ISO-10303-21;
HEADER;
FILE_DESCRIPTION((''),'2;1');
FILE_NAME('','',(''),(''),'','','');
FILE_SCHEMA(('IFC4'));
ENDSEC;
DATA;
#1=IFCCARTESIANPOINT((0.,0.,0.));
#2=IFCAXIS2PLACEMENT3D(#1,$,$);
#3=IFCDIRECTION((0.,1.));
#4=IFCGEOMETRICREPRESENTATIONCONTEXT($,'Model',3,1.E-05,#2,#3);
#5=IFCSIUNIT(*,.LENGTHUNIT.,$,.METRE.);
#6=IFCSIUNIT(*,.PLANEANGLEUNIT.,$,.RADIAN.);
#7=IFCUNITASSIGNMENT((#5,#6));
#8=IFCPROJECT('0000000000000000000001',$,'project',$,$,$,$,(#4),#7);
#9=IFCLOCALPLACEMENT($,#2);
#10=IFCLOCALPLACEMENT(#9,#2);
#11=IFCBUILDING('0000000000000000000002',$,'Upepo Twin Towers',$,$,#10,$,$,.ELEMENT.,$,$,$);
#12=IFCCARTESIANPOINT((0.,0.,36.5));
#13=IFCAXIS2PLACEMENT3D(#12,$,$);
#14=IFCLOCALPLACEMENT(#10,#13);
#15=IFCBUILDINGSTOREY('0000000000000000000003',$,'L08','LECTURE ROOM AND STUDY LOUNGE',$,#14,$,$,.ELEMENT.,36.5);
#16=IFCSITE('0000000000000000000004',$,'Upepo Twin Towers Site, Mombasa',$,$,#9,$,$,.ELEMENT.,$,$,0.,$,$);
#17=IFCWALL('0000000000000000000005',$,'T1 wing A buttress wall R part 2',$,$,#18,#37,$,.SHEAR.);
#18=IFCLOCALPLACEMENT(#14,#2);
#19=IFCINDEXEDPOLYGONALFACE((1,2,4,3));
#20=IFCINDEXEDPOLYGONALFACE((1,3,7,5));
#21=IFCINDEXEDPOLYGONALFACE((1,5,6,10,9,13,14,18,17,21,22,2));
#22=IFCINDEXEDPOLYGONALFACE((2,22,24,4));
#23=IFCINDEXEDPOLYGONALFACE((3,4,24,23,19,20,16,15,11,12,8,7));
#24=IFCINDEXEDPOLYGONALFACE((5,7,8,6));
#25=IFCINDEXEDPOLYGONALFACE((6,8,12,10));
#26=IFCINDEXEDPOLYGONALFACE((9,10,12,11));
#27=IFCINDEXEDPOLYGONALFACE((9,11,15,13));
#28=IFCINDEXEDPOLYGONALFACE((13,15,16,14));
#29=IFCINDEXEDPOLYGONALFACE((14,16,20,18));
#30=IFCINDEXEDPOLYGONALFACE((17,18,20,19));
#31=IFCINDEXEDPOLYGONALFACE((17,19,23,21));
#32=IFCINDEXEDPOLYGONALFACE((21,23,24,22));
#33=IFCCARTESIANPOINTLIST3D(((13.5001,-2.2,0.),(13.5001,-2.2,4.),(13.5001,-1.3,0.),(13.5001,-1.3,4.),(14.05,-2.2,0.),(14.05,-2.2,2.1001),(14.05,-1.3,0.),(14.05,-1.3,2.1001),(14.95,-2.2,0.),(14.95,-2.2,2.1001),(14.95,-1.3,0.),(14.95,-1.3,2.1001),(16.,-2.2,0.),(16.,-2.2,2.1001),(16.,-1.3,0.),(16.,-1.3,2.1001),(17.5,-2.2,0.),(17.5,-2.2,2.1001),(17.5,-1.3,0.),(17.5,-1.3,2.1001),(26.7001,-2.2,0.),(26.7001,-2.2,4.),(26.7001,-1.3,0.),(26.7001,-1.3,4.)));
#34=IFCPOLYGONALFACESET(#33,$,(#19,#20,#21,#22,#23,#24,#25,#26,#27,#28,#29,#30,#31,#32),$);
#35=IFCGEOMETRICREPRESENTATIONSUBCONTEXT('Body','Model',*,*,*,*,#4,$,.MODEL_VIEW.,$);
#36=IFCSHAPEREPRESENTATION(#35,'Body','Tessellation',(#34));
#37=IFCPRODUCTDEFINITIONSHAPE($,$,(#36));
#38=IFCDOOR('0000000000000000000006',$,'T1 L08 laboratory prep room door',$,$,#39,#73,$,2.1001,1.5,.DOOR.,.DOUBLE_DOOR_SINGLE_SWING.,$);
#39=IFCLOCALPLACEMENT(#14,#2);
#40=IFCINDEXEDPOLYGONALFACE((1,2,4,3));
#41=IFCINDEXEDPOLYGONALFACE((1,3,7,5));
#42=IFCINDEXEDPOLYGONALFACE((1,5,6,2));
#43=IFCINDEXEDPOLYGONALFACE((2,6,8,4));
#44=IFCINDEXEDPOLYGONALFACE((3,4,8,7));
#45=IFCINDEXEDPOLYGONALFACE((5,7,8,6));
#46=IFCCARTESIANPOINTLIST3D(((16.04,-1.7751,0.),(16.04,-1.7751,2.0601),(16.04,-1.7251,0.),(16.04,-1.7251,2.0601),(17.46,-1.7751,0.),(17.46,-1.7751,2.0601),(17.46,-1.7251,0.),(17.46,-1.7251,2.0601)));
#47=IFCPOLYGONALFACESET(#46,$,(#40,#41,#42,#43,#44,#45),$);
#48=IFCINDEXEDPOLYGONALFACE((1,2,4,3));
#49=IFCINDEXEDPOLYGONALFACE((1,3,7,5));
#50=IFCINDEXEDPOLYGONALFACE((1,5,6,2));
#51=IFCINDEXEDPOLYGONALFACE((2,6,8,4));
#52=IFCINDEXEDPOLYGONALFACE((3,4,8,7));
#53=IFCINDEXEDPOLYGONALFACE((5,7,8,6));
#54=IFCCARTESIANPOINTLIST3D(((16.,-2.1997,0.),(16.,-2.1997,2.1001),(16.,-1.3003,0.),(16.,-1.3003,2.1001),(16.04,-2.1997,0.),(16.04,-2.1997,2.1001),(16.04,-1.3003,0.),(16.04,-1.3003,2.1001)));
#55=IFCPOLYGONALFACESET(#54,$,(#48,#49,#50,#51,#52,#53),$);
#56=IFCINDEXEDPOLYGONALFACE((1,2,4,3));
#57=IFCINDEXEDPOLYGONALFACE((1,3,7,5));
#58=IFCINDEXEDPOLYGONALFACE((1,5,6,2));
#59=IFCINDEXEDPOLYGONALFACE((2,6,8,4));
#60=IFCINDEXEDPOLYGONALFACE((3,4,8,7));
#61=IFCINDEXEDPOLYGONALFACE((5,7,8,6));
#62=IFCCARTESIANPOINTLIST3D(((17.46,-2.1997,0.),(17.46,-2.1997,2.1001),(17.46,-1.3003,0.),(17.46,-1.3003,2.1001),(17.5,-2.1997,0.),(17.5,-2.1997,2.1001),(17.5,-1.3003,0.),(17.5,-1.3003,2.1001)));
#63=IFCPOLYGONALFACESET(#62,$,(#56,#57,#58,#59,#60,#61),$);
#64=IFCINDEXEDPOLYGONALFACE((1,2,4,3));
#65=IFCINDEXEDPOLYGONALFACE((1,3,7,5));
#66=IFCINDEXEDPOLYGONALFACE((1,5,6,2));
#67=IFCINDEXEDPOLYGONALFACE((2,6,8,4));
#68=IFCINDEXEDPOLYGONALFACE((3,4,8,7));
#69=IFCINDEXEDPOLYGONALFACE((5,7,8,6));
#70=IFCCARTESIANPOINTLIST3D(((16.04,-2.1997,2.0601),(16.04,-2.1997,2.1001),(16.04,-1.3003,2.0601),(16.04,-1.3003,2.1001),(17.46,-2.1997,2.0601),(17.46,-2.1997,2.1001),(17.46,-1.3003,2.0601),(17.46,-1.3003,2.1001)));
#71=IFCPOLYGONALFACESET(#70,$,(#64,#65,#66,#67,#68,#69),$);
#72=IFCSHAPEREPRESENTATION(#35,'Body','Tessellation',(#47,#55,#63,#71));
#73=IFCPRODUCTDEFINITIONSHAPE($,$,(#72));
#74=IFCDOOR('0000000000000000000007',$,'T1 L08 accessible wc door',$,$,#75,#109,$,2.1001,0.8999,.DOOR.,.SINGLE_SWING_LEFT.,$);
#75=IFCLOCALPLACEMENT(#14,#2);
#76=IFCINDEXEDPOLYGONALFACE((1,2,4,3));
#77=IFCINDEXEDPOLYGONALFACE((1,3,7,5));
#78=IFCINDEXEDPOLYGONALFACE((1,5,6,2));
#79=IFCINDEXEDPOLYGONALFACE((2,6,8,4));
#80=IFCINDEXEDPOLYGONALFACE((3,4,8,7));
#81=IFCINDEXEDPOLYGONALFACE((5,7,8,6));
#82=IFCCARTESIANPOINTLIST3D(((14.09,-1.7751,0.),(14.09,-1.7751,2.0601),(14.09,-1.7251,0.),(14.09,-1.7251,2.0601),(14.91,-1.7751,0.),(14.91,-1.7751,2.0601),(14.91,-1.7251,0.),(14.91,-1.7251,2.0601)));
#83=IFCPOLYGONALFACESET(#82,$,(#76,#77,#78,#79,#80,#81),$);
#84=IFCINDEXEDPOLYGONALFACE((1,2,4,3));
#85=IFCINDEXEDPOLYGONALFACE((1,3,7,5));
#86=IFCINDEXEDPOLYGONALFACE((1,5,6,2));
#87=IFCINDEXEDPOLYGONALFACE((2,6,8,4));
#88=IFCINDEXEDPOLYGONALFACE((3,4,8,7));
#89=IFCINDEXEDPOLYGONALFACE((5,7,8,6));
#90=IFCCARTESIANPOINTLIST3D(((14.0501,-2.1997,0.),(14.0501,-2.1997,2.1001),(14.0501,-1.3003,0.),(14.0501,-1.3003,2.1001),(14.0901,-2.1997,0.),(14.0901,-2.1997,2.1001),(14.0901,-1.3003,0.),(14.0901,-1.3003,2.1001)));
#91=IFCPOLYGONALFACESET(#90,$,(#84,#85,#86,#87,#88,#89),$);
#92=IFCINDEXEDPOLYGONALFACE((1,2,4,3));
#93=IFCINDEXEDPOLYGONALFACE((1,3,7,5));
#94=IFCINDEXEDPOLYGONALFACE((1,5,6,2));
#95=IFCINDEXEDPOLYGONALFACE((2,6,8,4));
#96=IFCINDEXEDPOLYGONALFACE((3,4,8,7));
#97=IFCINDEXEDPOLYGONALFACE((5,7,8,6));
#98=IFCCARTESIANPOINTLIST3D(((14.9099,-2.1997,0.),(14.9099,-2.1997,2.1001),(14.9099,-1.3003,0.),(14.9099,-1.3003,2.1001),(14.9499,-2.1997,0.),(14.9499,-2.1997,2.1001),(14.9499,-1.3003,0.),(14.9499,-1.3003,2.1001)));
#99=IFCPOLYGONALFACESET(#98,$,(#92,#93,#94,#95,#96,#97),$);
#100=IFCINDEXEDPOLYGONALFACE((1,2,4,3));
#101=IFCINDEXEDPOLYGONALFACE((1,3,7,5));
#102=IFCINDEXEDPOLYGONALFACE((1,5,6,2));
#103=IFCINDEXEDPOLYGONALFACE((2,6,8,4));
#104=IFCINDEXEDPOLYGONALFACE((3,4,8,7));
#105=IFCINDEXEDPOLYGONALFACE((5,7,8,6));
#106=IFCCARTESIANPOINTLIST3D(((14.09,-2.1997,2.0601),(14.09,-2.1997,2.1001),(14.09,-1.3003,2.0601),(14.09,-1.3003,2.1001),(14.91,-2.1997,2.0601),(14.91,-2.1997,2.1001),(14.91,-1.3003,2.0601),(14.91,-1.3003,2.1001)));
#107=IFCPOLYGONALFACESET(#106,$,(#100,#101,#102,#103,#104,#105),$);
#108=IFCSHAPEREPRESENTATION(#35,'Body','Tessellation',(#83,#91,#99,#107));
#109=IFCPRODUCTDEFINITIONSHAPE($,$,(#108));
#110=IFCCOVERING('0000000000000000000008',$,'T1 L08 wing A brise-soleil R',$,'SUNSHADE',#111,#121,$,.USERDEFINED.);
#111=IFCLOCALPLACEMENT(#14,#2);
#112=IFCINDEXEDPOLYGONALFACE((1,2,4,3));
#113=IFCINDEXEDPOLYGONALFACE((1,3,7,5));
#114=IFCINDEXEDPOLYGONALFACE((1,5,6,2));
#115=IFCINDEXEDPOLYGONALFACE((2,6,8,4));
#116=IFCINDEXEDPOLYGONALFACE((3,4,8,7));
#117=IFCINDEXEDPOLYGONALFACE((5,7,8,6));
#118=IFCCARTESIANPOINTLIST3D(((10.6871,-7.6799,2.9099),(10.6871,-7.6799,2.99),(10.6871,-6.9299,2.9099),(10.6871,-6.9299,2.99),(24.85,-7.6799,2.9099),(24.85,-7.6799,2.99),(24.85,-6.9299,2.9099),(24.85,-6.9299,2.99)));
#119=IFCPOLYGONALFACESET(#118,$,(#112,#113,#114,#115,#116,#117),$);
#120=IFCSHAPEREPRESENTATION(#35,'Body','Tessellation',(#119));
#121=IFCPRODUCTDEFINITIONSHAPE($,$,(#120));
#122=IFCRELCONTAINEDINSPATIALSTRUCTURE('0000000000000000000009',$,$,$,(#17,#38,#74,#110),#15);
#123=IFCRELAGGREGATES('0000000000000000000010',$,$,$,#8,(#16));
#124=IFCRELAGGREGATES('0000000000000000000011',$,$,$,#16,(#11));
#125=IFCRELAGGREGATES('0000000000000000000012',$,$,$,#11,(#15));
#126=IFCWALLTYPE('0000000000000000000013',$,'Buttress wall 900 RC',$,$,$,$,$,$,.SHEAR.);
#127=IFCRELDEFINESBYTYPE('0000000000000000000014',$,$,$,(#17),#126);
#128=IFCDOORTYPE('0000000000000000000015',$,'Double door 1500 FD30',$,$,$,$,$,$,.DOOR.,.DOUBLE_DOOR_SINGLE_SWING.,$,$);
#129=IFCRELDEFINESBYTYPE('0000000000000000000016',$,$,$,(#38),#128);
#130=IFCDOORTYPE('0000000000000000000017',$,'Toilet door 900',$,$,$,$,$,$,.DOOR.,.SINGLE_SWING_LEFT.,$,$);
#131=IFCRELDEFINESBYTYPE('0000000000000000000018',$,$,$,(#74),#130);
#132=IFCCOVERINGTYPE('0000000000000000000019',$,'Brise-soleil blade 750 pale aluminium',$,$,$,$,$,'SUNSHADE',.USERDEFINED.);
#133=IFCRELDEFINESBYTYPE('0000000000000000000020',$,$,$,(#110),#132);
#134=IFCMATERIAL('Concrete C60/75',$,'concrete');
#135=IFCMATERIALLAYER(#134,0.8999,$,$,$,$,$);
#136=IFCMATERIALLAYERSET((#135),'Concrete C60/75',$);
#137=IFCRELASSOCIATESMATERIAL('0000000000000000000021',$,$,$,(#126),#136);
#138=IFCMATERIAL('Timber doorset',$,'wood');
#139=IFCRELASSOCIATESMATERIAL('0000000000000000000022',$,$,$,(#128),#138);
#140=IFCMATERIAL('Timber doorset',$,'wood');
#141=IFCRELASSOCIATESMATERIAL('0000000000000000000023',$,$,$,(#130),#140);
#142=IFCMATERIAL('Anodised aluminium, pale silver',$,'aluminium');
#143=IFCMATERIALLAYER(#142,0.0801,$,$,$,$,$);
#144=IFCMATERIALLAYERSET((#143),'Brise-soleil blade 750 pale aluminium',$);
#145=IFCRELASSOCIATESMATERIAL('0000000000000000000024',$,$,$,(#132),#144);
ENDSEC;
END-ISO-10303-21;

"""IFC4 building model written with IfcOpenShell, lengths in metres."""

from ifc_helpers import new_model, si_unit, direction, frame, frame_2d, origin, origin_2d, place, context, subcontext, project, spatial, rectangle, extrude, material, layer, layer_set, type_object, element, fill, save


model = new_model("IFC4")

# Units and contexts
model_context = context("Model", 3, precision=1e-05, world=origin(), true_north=direction((0.0, 1.0)))
body_context = subcontext(model_context, "Body", "Model", "MODEL_VIEW")
ifc_project = project(units=[si_unit("LENGTHUNIT", "METRE"), si_unit("PLANEANGLEUNIT", "RADIAN")], contexts=[model_context])

# Site, building, storey
site_placement = place(None, origin())
site = spatial("IfcSite", under=ifc_project, at=site_placement, Name="Upepo Twin Towers Site, Mombasa", CompositionType="ELEMENT", RefElevation=0.0)
building_placement = place(site_placement, origin())
building = spatial("IfcBuilding", under=site, at=building_placement, Name="Upepo Twin Towers", CompositionType="ELEMENT")
storey_placement = place(building_placement, frame((0.0, 0.0, 36.5)))
storey = spatial("IfcBuildingStorey", under=building, at=storey_placement, Name="L08", Description="LECTURE ROOM AND STUDY LOUNGE", CompositionType="ELEMENT", Elevation=36.5)

# Wall, openings, doors
ifc_material_1 = material(Name="Concrete C60/75", Category="concrete")
ifc_layer_1 = layer(ifc_material_1, 0.8999)
ifc_layer_set_1 = layer_set([ifc_layer_1], Name="Concrete C60/75")
wall_type_1 = type_object("IfcWallType", Name="Buttress wall 900 RC", PredefinedType="SHEAR", material=ifc_layer_set_1)
wall_1_placement = place(storey_placement, frame((13.5, -1.75, 0.0), z_axis=(0.0, 0.0, 1.0), x_axis=(1.0, 0.0, 0.0)))
wall_1 = element("IfcWall", 1, at=wall_1_placement, inside=storey, type_object=wall_type_1, Name="T1 wing A buttress wall R part 2", PredefinedType="SHEAR", context=body_context, shape_type="SweptSolid", body=[
    extrude(rectangle(XDim=13.2, YDim=0.8999, at=frame_2d((6.6001, 0.0))), origin(), (0.0, 0.0, 1.0), 4.0),
])
opening_1_placement = place(wall_1_placement, frame((0.55, 0.0, 0.0)))
opening_1 = element("IfcOpeningElement", 2, at=opening_1_placement, cuts=wall_1, PredefinedType="OPENING", context=body_context, shape_type="SweptSolid", body=[
    extrude(rectangle(XDim=0.8999, YDim=2.1001, at=frame_2d((0.45, 1.05))), frame((0.0, 0.46, 0.0), z_axis=(0.0, -1.0, 0.0), x_axis=(1.0, 0.0, 0.0)), (0.0, 0.0, 1.0), 0.9199),
])
opening_2_placement = place(wall_1_placement, frame((2.5, 0.0, 0.0)))
opening_2 = element("IfcOpeningElement", 3, at=opening_2_placement, cuts=wall_1, PredefinedType="OPENING", context=body_context, shape_type="SweptSolid", body=[
    extrude(rectangle(XDim=1.5, YDim=2.1001, at=frame_2d((0.75, 1.05))), frame((0.0, 0.46, 0.0), z_axis=(0.0, -1.0, 0.0), x_axis=(1.0, 0.0, 0.0)), (0.0, 0.0, 1.0), 0.9199),
])
ifc_material_2 = material(Name="Timber doorset", Category="wood")
door_type_1 = type_object("IfcDoorType", Name="Double door 1500 FD30", OperationType="DOUBLE_DOOR_SINGLE_SWING", PredefinedType="DOOR", material=ifc_material_2)
door_1_placement = place(opening_2_placement, origin())
door_1 = element("IfcDoor", 4, at=door_1_placement, inside=storey, type_object=door_type_1, Name="T1 L08 laboratory prep room door", OperationType="DOUBLE_DOOR_SINGLE_SWING", OverallHeight=2.1001, OverallWidth=1.5, PredefinedType="DOOR", context=body_context, shape_type="SweptSolid", body=[
    extrude(rectangle(XDim=1.42, YDim=2.0601, at=frame_2d((0.75, 1.03))), frame((0.0, 0.0249, 0.0), z_axis=(0.0, -1.0, 0.0), x_axis=(1.0, 0.0, 0.0)), (0.0, 0.0, 1.0), 0.05),
    extrude(rectangle(XDim=0.04, YDim=2.1001, at=frame_2d((0.02, 1.05))), frame((0.0, 0.4497, 0.0), z_axis=(0.0, -1.0, 0.0), x_axis=(1.0, 0.0, 0.0)), (0.0, 0.0, 1.0), 0.8994),
    extrude(rectangle(XDim=0.04, YDim=2.1001, at=frame_2d((1.48, 1.05))), frame((0.0, 0.4497, 0.0), z_axis=(0.0, -1.0, 0.0), x_axis=(1.0, 0.0, 0.0)), (0.0, 0.0, 1.0), 0.8994),
    extrude(rectangle(XDim=1.42, YDim=0.04, at=frame_2d((0.75, 2.0801))), frame((0.0, 0.4497, 0.0), z_axis=(0.0, -1.0, 0.0), x_axis=(1.0, 0.0, 0.0)), (0.0, 0.0, 1.0), 0.8994),
])
fill(opening_2, door_1)
ifc_material_3 = material(Name="Timber doorset", Category="wood")
door_type_2 = type_object("IfcDoorType", Name="Toilet door 900", OperationType="SINGLE_SWING_LEFT", PredefinedType="DOOR", material=ifc_material_3)
door_2_placement = place(opening_1_placement, origin())
door_2 = element("IfcDoor", 5, at=door_2_placement, inside=storey, type_object=door_type_2, Name="T1 L08 accessible wc door", OperationType="SINGLE_SWING_LEFT", OverallHeight=2.1001, OverallWidth=0.8999, PredefinedType="DOOR", context=body_context, shape_type="SweptSolid", body=[
    extrude(rectangle(XDim=0.8199, YDim=2.0601, at=frame_2d((0.45, 1.03))), frame((0.0, 0.0249, 0.0), z_axis=(0.0, -1.0, 0.0), x_axis=(1.0, 0.0, 0.0)), (0.0, 0.0, 1.0), 0.05),
    extrude(rectangle(XDim=0.04, YDim=2.1001, at=frame_2d((0.02, 1.05))), frame((0.0, 0.4497, 0.0), z_axis=(0.0, -1.0, 0.0), x_axis=(1.0, 0.0, 0.0)), (0.0, 0.0, 1.0), 0.8994),
    extrude(rectangle(XDim=0.04, YDim=2.1001, at=frame_2d((0.8799, 1.05))), frame((0.0, 0.4497, 0.0), z_axis=(0.0, -1.0, 0.0), x_axis=(1.0, 0.0, 0.0)), (0.0, 0.0, 1.0), 0.8994),
    extrude(rectangle(XDim=0.8199, YDim=0.04, at=frame_2d((0.45, 2.0801))), frame((0.0, 0.4497, 0.0), z_axis=(0.0, -1.0, 0.0), x_axis=(1.0, 0.0, 0.0)), (0.0, 0.0, 1.0), 0.8994),
])
fill(opening_1, door_2)

# Covering
ifc_material_4 = material(Name="Anodised aluminium, pale silver", Category="aluminium")
ifc_layer_2 = layer(ifc_material_4, 0.0801)
ifc_layer_set_2 = layer_set([ifc_layer_2], Name="Brise-soleil blade 750 pale aluminium")
covering_type = type_object("IfcCoveringType", Name="Brise-soleil blade 750 pale aluminium", ElementType="SUNSHADE", PredefinedType="USERDEFINED", material=ifc_layer_set_2)
covering_placement = place(storey_placement, frame((17.7686, -7.3049, 2.9099), z_axis=(0.0, 0.0, 1.0), x_axis=(1.0, 0.0, 0.0)))
element("IfcCovering", 6, at=covering_placement, inside=storey, type_object=covering_type, Name="T1 L08 wing A brise-soleil R", ObjectType="SUNSHADE", PredefinedType="USERDEFINED", context=body_context, shape_type="SweptSolid", body=[
    extrude(rectangle(XDim=14.1628, YDim=0.75, at=origin_2d()), origin(), (0.0, 0.0, 1.0), 0.0801),
])

save(model, "model.ifc")
